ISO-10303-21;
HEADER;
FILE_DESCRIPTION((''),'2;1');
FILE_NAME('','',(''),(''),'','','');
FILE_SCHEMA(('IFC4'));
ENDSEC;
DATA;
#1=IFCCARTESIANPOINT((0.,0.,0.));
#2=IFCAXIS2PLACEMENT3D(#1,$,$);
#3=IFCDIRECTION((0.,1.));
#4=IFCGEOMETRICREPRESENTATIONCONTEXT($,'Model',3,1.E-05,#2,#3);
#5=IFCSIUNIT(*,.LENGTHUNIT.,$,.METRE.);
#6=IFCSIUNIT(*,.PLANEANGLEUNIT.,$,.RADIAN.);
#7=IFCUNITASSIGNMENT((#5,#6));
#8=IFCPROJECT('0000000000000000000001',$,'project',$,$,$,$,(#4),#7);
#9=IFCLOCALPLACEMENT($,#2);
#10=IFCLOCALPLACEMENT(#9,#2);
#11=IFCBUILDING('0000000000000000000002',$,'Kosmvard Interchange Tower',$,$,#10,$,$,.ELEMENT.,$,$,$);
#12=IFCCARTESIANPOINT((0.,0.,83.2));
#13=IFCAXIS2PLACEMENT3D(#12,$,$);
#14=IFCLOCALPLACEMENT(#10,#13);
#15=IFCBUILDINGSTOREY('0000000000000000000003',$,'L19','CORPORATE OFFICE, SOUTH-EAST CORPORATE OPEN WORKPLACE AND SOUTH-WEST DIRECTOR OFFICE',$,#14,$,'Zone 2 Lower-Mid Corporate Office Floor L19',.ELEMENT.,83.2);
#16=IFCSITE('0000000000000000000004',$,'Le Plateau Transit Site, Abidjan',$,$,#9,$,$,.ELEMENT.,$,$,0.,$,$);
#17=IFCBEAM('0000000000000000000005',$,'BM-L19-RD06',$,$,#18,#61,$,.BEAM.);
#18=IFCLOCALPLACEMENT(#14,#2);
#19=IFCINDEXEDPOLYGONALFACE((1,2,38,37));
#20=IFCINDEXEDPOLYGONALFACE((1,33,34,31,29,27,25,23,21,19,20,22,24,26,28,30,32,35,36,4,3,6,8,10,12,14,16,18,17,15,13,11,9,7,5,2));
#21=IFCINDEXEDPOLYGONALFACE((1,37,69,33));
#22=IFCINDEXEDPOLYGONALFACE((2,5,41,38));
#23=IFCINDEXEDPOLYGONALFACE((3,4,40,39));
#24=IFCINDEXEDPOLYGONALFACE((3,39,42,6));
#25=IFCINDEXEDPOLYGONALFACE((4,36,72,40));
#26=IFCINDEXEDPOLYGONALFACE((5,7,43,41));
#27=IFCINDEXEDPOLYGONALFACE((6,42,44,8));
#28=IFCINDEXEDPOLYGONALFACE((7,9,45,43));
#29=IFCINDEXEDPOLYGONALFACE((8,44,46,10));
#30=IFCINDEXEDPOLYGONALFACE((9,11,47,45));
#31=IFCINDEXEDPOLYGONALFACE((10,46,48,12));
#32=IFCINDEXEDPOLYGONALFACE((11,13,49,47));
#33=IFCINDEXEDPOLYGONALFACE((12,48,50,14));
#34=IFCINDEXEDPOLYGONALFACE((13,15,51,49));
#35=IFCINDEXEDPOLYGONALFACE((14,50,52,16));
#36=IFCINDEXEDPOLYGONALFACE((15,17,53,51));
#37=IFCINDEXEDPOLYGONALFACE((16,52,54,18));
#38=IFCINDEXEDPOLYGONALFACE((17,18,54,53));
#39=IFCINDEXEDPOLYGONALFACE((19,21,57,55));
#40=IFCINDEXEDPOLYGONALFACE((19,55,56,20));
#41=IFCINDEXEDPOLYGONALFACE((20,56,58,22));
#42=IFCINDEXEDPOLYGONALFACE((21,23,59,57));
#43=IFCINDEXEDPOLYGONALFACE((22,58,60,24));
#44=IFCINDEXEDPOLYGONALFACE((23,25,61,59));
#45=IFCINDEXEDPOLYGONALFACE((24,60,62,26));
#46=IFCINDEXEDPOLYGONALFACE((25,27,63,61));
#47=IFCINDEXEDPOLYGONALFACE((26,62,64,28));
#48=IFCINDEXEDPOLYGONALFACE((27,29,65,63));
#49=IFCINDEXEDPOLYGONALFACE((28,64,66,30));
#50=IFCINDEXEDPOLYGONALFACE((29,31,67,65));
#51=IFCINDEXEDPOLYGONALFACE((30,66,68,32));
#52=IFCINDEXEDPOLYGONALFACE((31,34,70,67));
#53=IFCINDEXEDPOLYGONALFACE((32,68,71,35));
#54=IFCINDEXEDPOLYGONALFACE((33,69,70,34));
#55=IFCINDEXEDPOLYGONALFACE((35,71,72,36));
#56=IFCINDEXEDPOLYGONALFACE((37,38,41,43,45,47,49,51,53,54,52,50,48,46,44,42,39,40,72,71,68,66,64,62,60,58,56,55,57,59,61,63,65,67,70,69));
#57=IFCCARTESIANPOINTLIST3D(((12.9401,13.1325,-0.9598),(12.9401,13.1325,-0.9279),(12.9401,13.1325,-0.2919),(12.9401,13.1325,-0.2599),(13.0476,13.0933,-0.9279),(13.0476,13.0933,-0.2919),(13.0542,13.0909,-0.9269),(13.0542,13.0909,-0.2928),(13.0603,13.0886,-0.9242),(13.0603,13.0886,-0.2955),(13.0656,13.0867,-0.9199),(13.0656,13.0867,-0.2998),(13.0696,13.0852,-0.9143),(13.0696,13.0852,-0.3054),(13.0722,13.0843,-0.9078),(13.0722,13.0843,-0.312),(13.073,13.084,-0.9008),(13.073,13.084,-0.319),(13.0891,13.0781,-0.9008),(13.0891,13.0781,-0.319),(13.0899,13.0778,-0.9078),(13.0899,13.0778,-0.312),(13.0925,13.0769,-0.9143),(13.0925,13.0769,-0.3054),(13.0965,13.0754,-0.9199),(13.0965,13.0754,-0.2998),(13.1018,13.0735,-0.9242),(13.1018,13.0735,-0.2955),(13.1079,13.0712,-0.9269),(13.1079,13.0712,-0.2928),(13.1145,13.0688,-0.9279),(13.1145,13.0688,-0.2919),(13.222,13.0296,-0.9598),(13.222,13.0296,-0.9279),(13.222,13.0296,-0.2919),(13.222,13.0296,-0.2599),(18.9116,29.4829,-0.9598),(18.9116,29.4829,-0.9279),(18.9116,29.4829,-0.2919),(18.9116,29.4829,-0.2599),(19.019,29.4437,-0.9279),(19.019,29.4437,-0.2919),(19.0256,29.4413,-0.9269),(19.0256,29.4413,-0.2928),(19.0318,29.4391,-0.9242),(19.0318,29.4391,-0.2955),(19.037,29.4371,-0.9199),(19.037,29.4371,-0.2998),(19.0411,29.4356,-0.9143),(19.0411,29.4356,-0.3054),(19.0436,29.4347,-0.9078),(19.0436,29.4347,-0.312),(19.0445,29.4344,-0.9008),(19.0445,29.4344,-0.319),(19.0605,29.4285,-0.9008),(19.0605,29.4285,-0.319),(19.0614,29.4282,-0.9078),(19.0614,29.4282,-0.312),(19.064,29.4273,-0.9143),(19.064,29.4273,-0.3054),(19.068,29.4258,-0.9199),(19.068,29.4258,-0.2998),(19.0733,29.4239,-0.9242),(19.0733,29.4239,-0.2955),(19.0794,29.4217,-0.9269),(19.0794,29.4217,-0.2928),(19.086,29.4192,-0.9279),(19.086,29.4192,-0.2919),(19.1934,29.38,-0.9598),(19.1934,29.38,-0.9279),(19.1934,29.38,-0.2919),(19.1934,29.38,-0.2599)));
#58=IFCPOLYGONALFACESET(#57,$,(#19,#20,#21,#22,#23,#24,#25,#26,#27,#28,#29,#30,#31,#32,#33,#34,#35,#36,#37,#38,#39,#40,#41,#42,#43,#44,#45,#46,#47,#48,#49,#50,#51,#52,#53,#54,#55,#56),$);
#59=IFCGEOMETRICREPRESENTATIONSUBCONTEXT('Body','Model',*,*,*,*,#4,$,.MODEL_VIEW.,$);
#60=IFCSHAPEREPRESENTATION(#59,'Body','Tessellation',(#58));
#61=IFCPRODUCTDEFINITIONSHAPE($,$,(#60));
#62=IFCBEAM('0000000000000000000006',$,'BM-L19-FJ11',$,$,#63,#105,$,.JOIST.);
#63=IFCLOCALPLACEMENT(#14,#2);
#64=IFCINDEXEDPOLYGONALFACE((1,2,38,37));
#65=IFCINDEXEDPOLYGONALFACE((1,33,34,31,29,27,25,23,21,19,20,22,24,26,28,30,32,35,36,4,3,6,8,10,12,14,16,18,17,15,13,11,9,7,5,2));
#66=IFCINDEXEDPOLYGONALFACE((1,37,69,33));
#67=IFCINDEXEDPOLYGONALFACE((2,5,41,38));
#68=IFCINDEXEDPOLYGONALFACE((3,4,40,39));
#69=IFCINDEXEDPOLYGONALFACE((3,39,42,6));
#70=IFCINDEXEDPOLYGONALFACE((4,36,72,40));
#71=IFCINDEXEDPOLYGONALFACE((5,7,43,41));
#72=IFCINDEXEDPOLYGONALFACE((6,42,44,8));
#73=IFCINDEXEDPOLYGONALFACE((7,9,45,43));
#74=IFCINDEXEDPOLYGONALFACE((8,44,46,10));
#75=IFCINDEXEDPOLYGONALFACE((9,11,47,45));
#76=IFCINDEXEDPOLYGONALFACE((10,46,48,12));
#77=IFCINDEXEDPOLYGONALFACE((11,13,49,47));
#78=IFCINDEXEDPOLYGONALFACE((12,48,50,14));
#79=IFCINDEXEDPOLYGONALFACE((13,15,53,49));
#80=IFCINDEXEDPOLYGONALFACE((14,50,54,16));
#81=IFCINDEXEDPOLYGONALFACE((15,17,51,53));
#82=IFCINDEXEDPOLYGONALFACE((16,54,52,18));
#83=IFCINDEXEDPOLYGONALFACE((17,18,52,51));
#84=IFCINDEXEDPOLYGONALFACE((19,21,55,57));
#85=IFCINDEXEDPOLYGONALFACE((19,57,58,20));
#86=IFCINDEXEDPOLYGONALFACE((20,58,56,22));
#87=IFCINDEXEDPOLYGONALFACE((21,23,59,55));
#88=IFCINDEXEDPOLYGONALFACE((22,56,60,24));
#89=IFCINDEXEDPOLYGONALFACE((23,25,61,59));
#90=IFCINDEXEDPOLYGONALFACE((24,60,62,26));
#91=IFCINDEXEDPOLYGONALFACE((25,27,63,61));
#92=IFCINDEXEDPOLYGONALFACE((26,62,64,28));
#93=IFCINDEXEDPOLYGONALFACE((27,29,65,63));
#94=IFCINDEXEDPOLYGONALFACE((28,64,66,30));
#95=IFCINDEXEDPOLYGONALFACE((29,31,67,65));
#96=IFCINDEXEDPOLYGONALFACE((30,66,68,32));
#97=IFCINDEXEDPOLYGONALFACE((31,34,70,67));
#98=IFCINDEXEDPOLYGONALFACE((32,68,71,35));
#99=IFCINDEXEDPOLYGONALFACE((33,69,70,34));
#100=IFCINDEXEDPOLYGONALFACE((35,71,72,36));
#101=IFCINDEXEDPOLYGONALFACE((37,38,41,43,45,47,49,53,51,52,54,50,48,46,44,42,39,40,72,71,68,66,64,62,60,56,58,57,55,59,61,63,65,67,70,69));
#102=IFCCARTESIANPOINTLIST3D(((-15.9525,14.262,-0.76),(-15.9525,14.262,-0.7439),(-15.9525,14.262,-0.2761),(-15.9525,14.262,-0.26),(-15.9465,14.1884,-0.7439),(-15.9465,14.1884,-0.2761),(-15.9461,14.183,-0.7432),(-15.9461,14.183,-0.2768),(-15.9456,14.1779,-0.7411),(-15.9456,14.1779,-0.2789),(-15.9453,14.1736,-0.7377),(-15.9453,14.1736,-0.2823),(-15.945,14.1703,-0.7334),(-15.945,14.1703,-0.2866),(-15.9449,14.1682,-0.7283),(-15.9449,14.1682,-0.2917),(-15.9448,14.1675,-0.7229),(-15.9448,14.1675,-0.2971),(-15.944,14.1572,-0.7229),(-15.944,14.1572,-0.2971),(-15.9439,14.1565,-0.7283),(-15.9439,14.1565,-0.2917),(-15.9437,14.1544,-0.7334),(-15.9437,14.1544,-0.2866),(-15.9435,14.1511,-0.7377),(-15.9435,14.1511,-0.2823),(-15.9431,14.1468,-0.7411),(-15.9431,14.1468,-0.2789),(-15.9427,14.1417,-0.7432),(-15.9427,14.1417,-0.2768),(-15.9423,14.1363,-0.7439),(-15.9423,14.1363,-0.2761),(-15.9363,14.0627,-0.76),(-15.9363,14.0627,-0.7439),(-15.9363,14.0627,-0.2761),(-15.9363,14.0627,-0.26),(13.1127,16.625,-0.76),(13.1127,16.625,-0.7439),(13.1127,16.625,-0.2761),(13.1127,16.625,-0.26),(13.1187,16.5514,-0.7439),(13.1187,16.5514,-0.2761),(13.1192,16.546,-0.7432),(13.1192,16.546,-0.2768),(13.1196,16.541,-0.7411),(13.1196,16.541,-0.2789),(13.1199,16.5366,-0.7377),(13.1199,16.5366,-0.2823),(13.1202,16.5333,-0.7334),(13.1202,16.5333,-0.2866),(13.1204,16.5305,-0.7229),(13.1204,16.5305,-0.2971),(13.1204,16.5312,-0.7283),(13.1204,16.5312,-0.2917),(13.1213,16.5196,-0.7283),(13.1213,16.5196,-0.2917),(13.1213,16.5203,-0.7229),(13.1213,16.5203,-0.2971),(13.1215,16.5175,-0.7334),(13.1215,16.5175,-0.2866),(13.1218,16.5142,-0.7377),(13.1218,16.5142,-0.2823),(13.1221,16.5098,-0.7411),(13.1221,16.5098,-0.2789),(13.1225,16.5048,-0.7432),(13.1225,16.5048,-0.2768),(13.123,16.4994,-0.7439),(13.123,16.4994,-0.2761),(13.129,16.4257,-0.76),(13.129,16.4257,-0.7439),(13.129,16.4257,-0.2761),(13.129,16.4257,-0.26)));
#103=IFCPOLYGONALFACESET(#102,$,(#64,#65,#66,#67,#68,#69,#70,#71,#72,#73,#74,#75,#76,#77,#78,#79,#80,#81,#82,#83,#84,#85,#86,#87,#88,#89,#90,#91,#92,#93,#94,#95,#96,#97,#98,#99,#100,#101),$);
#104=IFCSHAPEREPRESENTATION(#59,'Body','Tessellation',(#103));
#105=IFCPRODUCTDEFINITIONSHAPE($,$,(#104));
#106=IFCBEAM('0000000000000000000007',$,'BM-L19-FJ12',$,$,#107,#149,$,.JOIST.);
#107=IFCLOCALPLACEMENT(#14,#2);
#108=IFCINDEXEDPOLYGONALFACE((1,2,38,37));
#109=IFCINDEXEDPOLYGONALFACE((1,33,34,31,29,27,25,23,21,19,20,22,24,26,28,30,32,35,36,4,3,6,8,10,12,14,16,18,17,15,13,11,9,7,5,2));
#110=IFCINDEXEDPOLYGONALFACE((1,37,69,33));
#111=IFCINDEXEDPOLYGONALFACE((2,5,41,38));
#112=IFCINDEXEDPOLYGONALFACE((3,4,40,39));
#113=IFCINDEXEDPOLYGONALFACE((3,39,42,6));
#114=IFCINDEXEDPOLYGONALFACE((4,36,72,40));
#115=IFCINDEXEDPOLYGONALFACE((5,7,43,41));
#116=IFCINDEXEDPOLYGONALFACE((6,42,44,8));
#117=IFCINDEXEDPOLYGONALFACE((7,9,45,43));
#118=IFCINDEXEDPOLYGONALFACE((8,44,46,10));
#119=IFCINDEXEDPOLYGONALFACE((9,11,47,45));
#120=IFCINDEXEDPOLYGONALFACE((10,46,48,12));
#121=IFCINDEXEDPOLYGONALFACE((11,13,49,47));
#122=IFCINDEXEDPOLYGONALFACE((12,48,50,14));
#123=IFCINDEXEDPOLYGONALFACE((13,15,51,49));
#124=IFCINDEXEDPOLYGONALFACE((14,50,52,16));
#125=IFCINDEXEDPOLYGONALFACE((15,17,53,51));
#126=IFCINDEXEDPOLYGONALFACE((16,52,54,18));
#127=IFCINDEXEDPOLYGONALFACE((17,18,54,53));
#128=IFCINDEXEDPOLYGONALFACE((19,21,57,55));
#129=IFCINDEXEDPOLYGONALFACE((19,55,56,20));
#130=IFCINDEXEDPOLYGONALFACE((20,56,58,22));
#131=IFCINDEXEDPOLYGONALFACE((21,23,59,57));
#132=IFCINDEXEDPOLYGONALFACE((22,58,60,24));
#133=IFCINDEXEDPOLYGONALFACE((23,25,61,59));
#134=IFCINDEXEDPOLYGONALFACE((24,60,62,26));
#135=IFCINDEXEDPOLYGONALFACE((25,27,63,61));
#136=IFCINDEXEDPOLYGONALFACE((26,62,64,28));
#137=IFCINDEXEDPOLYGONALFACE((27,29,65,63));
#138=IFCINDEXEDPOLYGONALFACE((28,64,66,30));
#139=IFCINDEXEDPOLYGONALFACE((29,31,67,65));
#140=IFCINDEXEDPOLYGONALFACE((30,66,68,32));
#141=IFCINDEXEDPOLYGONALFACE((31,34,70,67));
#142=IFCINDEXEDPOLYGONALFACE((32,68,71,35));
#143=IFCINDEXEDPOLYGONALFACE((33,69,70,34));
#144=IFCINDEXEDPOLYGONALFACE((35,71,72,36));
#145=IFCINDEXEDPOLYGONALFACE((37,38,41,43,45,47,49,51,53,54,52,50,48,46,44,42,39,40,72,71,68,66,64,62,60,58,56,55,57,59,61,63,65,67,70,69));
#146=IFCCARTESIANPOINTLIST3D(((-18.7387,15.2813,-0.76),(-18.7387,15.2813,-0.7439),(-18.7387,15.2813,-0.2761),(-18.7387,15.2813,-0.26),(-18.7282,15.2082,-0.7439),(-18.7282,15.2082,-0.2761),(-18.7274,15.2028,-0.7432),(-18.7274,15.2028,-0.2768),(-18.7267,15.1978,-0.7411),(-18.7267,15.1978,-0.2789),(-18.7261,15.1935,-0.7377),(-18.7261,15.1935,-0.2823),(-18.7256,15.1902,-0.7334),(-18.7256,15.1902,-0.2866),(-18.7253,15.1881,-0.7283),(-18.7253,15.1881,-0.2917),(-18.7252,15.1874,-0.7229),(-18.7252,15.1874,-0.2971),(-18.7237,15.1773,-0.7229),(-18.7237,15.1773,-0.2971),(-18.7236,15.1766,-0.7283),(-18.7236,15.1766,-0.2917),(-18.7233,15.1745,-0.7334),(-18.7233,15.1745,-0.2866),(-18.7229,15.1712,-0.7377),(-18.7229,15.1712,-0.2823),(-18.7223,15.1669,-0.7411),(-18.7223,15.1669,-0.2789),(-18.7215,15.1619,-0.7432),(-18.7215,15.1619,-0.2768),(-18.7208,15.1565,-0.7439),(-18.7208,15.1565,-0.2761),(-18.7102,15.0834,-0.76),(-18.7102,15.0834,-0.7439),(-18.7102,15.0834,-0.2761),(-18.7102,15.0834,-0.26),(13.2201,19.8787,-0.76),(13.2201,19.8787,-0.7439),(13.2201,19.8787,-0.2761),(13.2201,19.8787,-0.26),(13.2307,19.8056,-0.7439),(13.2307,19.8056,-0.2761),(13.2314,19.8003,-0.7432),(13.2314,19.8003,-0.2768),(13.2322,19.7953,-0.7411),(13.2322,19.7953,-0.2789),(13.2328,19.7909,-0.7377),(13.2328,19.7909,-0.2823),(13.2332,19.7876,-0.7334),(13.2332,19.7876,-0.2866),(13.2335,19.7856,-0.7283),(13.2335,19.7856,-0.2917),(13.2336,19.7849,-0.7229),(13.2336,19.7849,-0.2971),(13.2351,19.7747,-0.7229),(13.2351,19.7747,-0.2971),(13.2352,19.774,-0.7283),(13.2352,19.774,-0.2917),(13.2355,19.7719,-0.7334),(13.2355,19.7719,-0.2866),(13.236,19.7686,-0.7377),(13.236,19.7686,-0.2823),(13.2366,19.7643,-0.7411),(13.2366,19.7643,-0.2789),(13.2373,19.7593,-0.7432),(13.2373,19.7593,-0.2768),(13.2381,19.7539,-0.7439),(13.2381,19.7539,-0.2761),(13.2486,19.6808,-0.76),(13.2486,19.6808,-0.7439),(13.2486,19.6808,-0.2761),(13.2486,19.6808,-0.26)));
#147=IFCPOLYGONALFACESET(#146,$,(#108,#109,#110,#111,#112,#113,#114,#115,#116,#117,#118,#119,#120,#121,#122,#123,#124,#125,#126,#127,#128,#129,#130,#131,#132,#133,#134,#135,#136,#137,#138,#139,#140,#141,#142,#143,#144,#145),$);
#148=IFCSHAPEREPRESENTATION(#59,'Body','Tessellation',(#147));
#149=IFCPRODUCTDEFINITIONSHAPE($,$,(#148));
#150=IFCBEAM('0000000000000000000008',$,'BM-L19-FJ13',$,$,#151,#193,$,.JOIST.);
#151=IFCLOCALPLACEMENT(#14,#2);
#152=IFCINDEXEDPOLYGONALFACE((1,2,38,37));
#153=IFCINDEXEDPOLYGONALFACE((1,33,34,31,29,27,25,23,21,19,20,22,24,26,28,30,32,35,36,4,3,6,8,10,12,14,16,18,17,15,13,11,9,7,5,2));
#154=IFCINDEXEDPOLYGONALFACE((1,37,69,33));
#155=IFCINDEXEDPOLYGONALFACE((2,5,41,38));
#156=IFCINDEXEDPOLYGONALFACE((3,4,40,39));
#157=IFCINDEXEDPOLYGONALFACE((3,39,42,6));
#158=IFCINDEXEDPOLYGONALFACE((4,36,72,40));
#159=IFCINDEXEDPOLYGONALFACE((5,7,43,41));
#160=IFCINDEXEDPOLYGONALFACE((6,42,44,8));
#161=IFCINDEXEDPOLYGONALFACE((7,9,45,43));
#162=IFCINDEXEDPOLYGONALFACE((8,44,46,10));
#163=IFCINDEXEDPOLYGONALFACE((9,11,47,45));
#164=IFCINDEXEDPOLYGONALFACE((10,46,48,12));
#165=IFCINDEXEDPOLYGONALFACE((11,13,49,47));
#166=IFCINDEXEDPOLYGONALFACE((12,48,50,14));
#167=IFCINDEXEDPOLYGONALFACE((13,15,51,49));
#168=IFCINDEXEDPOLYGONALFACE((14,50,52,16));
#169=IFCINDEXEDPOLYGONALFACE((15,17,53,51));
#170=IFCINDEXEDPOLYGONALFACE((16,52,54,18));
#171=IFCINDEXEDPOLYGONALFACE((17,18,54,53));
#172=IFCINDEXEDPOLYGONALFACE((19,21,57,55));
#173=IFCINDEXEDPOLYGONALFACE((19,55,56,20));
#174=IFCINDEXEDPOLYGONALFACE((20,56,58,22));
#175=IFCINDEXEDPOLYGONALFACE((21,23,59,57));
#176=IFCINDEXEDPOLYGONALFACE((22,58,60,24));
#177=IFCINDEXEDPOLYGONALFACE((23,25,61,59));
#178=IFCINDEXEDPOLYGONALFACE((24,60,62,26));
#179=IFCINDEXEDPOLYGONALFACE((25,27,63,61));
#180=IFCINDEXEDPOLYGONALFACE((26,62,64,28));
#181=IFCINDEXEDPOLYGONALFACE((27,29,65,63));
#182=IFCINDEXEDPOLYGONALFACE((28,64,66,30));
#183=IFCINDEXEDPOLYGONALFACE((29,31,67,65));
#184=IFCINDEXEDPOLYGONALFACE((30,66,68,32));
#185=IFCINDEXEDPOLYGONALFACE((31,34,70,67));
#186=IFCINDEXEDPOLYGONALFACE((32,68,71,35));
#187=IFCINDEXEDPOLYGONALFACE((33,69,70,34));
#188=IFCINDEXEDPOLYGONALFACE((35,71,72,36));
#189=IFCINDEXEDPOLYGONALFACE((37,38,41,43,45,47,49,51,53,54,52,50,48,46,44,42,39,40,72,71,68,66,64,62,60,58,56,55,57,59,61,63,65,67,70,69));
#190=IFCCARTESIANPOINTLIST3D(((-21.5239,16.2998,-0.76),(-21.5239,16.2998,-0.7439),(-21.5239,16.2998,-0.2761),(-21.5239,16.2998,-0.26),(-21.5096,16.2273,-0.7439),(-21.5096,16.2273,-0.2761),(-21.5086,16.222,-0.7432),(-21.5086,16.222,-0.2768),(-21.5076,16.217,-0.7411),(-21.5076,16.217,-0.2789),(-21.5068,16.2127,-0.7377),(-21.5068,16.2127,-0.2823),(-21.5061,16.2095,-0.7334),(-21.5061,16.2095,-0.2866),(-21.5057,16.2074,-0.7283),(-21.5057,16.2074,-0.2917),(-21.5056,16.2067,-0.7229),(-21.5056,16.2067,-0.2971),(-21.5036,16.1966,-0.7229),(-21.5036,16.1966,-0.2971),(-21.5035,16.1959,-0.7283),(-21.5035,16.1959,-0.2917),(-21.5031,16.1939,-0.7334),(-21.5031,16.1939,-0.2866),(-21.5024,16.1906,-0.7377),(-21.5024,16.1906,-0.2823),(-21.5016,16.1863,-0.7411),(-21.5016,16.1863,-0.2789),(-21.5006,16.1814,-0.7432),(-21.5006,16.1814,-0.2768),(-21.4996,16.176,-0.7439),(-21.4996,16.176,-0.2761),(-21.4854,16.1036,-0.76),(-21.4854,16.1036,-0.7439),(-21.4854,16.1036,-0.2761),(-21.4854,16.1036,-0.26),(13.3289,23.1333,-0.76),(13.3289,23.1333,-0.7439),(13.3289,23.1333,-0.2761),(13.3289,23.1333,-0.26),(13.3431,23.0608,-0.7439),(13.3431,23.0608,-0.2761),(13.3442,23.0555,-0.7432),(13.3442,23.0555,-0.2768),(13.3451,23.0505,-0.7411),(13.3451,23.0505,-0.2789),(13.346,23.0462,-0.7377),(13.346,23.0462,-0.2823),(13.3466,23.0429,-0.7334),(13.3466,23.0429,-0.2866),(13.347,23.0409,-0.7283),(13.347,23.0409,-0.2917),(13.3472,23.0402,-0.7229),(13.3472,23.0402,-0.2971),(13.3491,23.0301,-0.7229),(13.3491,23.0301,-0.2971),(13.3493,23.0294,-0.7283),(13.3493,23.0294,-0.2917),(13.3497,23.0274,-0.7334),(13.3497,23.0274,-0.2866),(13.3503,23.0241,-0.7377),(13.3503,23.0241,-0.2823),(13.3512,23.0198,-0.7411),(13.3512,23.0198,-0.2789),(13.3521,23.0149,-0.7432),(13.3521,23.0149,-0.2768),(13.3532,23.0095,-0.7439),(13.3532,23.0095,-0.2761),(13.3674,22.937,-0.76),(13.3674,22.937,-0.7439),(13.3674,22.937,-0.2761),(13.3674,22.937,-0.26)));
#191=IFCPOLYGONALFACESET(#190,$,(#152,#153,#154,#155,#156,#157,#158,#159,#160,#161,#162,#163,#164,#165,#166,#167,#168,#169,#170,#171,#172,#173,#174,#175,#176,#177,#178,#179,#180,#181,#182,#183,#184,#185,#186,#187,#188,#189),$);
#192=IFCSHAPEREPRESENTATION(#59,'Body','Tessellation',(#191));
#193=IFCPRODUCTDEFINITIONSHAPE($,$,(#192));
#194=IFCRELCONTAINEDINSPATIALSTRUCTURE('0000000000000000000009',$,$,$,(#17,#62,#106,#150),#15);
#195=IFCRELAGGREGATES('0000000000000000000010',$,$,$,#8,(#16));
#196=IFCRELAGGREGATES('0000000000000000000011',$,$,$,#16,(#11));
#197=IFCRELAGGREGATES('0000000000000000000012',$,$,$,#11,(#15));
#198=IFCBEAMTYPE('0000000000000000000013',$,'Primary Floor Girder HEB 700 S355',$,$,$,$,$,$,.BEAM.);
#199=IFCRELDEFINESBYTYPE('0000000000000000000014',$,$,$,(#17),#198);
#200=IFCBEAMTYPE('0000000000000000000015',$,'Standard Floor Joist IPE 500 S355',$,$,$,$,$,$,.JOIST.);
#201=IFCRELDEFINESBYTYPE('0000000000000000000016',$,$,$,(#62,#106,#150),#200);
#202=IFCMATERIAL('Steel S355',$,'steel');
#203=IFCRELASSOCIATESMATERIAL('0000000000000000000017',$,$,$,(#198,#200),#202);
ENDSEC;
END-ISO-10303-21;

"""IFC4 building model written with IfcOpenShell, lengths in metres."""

from ifc_helpers import new_model, si_unit, direction, frame, origin, origin_2d, place, context, subcontext, project, spatial, i_section, extrude, source, transform, mapped, material, material_profile, profile_set, type_object, element, save


model = new_model("IFC4")

# Units and contexts
model_context = context("Model", 3, precision=1e-05, world=origin(), true_north=direction((0.0, 1.0)))
body_context = subcontext(model_context, "Body", "Model", "MODEL_VIEW")
ifc_project = project(units=[si_unit("LENGTHUNIT", "METRE"), si_unit("PLANEANGLEUNIT", "RADIAN")], contexts=[model_context])

# Site, building, storey
site_placement = place(None, origin())
site = spatial("IfcSite", under=ifc_project, at=site_placement, Name="Le Plateau Transit Site, Abidjan", CompositionType="ELEMENT", RefElevation=0.0)
building_placement = place(site_placement, origin())
building = spatial("IfcBuilding", under=site, at=building_placement, Name="Kosmvard Interchange Tower", CompositionType="ELEMENT")
storey_placement = place(building_placement, frame((0.0, 0.0, 83.2)))
storey = spatial("IfcBuildingStorey", under=building, at=storey_placement, Name="L19", Description="CORPORATE OFFICE, SOUTH-EAST CORPORATE OPEN WORKPLACE AND SOUTH-WEST DIRECTOR OFFICE", LongName="Zone 2 Lower-Mid Corporate Office Floor L19", CompositionType="ELEMENT", Elevation=83.2)

# Beams
ifc_material_1 = material(Name="Steel S355", Category="steel")
ifc_material_profile_1 = material_profile(ifc_material_1, i_section(OverallWidth=0.3, OverallDepth=0.7, WebThickness=0.0171, FlangeThickness=0.032, FilletRadius=0.0271, at=origin_2d()), Name="HEB 700")
ifc_profile_set_1 = profile_set([ifc_material_profile_1], Name="Steel S355")
beam_type_1 = type_object("IfcBeamType", Name="Primary Floor Girder HEB 700 S355", PredefinedType="BEAM", material=ifc_profile_set_1)
shared_shape_1 = source(origin(), body_context, "Body", "SweptSolid", [
    extrude(i_section(OverallWidth=0.3, OverallDepth=0.7, WebThickness=0.0171, FlangeThickness=0.032, FilletRadius=0.0271, at=origin_2d()), origin(), (0.0, 0.0, 1.0), 17.4067),
])
beam_1_placement = place(storey_placement, frame((13.0811, 13.0811, -0.6099), z_axis=(0.343055, 0.939315, 0.0), x_axis=(-0.939315, 0.343055, 0.0)))
element("IfcBeam", 1, at=beam_1_placement, inside=storey, type_object=beam_type_1, Name="BM-L19-RD06", PredefinedType="BEAM", context=body_context, shape_type="MappedRepresentation", body=[
    mapped(shared_shape_1, transform((0.0, 0.0, 0.0), scale=1.0)),
])
ifc_material_profile_2 = material_profile(ifc_material_1, i_section(OverallWidth=0.2, OverallDepth=0.5, WebThickness=0.0103, FlangeThickness=0.0161, FilletRadius=0.021, at=origin_2d()), Name="IPE 500")
ifc_profile_set_2 = profile_set([ifc_material_profile_2], Name="Steel S355")
beam_type_2 = type_object("IfcBeamType", Name="Standard Floor Joist IPE 500 S355", PredefinedType="JOIST", material=ifc_profile_set_2)
shared_shape_2 = source(origin(), body_context, "Body", "SweptSolid", [
    extrude(i_section(OverallWidth=0.2, OverallDepth=0.5, WebThickness=0.0103, FlangeThickness=0.0161, FilletRadius=0.021, at=origin_2d()), origin(), (0.0, 0.0, 1.0), 29.1611),
])
beam_2_placement = place(storey_placement, frame((13.1208, 16.5254, -0.51), z_axis=(-0.996711, -0.081034, 0.0), x_axis=(0.081034, -0.996711, 0.0)))
element("IfcBeam", 2, at=beam_2_placement, inside=storey, type_object=beam_type_2, Name="BM-L19-FJ11", PredefinedType="JOIST", context=body_context, shape_type="MappedRepresentation", body=[
    mapped(shared_shape_2, transform((0.0, 0.0, 0.0), scale=1.0)),
])
shared_shape_3 = source(origin(), body_context, "Body", "SweptSolid", [
    extrude(i_section(OverallWidth=0.2, OverallDepth=0.5, WebThickness=0.0103, FlangeThickness=0.0161, FilletRadius=0.021, at=origin_2d()), origin(), (0.0, 0.0, 1.0), 32.2878),
])
beam_3_placement = place(storey_placement, frame((13.2344, 19.7798, -0.51), z_axis=(-0.989811, -0.142389, 0.0), x_axis=(0.142389, -0.989811, 0.0)))
element("IfcBeam", 3, at=beam_3_placement, inside=storey, type_object=beam_type_2, Name="BM-L19-FJ12", PredefinedType="JOIST", context=body_context, shape_type="MappedRepresentation", body=[
    mapped(shared_shape_3, transform((0.0, 0.0, 0.0), scale=1.0)),
])
shared_shape_4 = source(origin(), body_context, "Body", "SweptSolid", [
    extrude(i_section(OverallWidth=0.2, OverallDepth=0.5, WebThickness=0.0103, FlangeThickness=0.0161, FilletRadius=0.021, at=origin_2d()), origin(), (0.0, 0.0, 1.0), 35.5164),
])
beam_4_placement = place(storey_placement, frame((13.3481, 23.0352, -0.51), z_axis=(-0.981316, -0.192404, 0.0), x_axis=(0.192404, -0.981316, 0.0)))
element("IfcBeam", 4, at=beam_4_placement, inside=storey, type_object=beam_type_2, Name="BM-L19-FJ13", PredefinedType="JOIST", context=body_context, shape_type="MappedRepresentation", body=[
    mapped(shared_shape_4, transform((0.0, 0.0, 0.0), scale=1.0)),
])

save(model, "model.ifc")
